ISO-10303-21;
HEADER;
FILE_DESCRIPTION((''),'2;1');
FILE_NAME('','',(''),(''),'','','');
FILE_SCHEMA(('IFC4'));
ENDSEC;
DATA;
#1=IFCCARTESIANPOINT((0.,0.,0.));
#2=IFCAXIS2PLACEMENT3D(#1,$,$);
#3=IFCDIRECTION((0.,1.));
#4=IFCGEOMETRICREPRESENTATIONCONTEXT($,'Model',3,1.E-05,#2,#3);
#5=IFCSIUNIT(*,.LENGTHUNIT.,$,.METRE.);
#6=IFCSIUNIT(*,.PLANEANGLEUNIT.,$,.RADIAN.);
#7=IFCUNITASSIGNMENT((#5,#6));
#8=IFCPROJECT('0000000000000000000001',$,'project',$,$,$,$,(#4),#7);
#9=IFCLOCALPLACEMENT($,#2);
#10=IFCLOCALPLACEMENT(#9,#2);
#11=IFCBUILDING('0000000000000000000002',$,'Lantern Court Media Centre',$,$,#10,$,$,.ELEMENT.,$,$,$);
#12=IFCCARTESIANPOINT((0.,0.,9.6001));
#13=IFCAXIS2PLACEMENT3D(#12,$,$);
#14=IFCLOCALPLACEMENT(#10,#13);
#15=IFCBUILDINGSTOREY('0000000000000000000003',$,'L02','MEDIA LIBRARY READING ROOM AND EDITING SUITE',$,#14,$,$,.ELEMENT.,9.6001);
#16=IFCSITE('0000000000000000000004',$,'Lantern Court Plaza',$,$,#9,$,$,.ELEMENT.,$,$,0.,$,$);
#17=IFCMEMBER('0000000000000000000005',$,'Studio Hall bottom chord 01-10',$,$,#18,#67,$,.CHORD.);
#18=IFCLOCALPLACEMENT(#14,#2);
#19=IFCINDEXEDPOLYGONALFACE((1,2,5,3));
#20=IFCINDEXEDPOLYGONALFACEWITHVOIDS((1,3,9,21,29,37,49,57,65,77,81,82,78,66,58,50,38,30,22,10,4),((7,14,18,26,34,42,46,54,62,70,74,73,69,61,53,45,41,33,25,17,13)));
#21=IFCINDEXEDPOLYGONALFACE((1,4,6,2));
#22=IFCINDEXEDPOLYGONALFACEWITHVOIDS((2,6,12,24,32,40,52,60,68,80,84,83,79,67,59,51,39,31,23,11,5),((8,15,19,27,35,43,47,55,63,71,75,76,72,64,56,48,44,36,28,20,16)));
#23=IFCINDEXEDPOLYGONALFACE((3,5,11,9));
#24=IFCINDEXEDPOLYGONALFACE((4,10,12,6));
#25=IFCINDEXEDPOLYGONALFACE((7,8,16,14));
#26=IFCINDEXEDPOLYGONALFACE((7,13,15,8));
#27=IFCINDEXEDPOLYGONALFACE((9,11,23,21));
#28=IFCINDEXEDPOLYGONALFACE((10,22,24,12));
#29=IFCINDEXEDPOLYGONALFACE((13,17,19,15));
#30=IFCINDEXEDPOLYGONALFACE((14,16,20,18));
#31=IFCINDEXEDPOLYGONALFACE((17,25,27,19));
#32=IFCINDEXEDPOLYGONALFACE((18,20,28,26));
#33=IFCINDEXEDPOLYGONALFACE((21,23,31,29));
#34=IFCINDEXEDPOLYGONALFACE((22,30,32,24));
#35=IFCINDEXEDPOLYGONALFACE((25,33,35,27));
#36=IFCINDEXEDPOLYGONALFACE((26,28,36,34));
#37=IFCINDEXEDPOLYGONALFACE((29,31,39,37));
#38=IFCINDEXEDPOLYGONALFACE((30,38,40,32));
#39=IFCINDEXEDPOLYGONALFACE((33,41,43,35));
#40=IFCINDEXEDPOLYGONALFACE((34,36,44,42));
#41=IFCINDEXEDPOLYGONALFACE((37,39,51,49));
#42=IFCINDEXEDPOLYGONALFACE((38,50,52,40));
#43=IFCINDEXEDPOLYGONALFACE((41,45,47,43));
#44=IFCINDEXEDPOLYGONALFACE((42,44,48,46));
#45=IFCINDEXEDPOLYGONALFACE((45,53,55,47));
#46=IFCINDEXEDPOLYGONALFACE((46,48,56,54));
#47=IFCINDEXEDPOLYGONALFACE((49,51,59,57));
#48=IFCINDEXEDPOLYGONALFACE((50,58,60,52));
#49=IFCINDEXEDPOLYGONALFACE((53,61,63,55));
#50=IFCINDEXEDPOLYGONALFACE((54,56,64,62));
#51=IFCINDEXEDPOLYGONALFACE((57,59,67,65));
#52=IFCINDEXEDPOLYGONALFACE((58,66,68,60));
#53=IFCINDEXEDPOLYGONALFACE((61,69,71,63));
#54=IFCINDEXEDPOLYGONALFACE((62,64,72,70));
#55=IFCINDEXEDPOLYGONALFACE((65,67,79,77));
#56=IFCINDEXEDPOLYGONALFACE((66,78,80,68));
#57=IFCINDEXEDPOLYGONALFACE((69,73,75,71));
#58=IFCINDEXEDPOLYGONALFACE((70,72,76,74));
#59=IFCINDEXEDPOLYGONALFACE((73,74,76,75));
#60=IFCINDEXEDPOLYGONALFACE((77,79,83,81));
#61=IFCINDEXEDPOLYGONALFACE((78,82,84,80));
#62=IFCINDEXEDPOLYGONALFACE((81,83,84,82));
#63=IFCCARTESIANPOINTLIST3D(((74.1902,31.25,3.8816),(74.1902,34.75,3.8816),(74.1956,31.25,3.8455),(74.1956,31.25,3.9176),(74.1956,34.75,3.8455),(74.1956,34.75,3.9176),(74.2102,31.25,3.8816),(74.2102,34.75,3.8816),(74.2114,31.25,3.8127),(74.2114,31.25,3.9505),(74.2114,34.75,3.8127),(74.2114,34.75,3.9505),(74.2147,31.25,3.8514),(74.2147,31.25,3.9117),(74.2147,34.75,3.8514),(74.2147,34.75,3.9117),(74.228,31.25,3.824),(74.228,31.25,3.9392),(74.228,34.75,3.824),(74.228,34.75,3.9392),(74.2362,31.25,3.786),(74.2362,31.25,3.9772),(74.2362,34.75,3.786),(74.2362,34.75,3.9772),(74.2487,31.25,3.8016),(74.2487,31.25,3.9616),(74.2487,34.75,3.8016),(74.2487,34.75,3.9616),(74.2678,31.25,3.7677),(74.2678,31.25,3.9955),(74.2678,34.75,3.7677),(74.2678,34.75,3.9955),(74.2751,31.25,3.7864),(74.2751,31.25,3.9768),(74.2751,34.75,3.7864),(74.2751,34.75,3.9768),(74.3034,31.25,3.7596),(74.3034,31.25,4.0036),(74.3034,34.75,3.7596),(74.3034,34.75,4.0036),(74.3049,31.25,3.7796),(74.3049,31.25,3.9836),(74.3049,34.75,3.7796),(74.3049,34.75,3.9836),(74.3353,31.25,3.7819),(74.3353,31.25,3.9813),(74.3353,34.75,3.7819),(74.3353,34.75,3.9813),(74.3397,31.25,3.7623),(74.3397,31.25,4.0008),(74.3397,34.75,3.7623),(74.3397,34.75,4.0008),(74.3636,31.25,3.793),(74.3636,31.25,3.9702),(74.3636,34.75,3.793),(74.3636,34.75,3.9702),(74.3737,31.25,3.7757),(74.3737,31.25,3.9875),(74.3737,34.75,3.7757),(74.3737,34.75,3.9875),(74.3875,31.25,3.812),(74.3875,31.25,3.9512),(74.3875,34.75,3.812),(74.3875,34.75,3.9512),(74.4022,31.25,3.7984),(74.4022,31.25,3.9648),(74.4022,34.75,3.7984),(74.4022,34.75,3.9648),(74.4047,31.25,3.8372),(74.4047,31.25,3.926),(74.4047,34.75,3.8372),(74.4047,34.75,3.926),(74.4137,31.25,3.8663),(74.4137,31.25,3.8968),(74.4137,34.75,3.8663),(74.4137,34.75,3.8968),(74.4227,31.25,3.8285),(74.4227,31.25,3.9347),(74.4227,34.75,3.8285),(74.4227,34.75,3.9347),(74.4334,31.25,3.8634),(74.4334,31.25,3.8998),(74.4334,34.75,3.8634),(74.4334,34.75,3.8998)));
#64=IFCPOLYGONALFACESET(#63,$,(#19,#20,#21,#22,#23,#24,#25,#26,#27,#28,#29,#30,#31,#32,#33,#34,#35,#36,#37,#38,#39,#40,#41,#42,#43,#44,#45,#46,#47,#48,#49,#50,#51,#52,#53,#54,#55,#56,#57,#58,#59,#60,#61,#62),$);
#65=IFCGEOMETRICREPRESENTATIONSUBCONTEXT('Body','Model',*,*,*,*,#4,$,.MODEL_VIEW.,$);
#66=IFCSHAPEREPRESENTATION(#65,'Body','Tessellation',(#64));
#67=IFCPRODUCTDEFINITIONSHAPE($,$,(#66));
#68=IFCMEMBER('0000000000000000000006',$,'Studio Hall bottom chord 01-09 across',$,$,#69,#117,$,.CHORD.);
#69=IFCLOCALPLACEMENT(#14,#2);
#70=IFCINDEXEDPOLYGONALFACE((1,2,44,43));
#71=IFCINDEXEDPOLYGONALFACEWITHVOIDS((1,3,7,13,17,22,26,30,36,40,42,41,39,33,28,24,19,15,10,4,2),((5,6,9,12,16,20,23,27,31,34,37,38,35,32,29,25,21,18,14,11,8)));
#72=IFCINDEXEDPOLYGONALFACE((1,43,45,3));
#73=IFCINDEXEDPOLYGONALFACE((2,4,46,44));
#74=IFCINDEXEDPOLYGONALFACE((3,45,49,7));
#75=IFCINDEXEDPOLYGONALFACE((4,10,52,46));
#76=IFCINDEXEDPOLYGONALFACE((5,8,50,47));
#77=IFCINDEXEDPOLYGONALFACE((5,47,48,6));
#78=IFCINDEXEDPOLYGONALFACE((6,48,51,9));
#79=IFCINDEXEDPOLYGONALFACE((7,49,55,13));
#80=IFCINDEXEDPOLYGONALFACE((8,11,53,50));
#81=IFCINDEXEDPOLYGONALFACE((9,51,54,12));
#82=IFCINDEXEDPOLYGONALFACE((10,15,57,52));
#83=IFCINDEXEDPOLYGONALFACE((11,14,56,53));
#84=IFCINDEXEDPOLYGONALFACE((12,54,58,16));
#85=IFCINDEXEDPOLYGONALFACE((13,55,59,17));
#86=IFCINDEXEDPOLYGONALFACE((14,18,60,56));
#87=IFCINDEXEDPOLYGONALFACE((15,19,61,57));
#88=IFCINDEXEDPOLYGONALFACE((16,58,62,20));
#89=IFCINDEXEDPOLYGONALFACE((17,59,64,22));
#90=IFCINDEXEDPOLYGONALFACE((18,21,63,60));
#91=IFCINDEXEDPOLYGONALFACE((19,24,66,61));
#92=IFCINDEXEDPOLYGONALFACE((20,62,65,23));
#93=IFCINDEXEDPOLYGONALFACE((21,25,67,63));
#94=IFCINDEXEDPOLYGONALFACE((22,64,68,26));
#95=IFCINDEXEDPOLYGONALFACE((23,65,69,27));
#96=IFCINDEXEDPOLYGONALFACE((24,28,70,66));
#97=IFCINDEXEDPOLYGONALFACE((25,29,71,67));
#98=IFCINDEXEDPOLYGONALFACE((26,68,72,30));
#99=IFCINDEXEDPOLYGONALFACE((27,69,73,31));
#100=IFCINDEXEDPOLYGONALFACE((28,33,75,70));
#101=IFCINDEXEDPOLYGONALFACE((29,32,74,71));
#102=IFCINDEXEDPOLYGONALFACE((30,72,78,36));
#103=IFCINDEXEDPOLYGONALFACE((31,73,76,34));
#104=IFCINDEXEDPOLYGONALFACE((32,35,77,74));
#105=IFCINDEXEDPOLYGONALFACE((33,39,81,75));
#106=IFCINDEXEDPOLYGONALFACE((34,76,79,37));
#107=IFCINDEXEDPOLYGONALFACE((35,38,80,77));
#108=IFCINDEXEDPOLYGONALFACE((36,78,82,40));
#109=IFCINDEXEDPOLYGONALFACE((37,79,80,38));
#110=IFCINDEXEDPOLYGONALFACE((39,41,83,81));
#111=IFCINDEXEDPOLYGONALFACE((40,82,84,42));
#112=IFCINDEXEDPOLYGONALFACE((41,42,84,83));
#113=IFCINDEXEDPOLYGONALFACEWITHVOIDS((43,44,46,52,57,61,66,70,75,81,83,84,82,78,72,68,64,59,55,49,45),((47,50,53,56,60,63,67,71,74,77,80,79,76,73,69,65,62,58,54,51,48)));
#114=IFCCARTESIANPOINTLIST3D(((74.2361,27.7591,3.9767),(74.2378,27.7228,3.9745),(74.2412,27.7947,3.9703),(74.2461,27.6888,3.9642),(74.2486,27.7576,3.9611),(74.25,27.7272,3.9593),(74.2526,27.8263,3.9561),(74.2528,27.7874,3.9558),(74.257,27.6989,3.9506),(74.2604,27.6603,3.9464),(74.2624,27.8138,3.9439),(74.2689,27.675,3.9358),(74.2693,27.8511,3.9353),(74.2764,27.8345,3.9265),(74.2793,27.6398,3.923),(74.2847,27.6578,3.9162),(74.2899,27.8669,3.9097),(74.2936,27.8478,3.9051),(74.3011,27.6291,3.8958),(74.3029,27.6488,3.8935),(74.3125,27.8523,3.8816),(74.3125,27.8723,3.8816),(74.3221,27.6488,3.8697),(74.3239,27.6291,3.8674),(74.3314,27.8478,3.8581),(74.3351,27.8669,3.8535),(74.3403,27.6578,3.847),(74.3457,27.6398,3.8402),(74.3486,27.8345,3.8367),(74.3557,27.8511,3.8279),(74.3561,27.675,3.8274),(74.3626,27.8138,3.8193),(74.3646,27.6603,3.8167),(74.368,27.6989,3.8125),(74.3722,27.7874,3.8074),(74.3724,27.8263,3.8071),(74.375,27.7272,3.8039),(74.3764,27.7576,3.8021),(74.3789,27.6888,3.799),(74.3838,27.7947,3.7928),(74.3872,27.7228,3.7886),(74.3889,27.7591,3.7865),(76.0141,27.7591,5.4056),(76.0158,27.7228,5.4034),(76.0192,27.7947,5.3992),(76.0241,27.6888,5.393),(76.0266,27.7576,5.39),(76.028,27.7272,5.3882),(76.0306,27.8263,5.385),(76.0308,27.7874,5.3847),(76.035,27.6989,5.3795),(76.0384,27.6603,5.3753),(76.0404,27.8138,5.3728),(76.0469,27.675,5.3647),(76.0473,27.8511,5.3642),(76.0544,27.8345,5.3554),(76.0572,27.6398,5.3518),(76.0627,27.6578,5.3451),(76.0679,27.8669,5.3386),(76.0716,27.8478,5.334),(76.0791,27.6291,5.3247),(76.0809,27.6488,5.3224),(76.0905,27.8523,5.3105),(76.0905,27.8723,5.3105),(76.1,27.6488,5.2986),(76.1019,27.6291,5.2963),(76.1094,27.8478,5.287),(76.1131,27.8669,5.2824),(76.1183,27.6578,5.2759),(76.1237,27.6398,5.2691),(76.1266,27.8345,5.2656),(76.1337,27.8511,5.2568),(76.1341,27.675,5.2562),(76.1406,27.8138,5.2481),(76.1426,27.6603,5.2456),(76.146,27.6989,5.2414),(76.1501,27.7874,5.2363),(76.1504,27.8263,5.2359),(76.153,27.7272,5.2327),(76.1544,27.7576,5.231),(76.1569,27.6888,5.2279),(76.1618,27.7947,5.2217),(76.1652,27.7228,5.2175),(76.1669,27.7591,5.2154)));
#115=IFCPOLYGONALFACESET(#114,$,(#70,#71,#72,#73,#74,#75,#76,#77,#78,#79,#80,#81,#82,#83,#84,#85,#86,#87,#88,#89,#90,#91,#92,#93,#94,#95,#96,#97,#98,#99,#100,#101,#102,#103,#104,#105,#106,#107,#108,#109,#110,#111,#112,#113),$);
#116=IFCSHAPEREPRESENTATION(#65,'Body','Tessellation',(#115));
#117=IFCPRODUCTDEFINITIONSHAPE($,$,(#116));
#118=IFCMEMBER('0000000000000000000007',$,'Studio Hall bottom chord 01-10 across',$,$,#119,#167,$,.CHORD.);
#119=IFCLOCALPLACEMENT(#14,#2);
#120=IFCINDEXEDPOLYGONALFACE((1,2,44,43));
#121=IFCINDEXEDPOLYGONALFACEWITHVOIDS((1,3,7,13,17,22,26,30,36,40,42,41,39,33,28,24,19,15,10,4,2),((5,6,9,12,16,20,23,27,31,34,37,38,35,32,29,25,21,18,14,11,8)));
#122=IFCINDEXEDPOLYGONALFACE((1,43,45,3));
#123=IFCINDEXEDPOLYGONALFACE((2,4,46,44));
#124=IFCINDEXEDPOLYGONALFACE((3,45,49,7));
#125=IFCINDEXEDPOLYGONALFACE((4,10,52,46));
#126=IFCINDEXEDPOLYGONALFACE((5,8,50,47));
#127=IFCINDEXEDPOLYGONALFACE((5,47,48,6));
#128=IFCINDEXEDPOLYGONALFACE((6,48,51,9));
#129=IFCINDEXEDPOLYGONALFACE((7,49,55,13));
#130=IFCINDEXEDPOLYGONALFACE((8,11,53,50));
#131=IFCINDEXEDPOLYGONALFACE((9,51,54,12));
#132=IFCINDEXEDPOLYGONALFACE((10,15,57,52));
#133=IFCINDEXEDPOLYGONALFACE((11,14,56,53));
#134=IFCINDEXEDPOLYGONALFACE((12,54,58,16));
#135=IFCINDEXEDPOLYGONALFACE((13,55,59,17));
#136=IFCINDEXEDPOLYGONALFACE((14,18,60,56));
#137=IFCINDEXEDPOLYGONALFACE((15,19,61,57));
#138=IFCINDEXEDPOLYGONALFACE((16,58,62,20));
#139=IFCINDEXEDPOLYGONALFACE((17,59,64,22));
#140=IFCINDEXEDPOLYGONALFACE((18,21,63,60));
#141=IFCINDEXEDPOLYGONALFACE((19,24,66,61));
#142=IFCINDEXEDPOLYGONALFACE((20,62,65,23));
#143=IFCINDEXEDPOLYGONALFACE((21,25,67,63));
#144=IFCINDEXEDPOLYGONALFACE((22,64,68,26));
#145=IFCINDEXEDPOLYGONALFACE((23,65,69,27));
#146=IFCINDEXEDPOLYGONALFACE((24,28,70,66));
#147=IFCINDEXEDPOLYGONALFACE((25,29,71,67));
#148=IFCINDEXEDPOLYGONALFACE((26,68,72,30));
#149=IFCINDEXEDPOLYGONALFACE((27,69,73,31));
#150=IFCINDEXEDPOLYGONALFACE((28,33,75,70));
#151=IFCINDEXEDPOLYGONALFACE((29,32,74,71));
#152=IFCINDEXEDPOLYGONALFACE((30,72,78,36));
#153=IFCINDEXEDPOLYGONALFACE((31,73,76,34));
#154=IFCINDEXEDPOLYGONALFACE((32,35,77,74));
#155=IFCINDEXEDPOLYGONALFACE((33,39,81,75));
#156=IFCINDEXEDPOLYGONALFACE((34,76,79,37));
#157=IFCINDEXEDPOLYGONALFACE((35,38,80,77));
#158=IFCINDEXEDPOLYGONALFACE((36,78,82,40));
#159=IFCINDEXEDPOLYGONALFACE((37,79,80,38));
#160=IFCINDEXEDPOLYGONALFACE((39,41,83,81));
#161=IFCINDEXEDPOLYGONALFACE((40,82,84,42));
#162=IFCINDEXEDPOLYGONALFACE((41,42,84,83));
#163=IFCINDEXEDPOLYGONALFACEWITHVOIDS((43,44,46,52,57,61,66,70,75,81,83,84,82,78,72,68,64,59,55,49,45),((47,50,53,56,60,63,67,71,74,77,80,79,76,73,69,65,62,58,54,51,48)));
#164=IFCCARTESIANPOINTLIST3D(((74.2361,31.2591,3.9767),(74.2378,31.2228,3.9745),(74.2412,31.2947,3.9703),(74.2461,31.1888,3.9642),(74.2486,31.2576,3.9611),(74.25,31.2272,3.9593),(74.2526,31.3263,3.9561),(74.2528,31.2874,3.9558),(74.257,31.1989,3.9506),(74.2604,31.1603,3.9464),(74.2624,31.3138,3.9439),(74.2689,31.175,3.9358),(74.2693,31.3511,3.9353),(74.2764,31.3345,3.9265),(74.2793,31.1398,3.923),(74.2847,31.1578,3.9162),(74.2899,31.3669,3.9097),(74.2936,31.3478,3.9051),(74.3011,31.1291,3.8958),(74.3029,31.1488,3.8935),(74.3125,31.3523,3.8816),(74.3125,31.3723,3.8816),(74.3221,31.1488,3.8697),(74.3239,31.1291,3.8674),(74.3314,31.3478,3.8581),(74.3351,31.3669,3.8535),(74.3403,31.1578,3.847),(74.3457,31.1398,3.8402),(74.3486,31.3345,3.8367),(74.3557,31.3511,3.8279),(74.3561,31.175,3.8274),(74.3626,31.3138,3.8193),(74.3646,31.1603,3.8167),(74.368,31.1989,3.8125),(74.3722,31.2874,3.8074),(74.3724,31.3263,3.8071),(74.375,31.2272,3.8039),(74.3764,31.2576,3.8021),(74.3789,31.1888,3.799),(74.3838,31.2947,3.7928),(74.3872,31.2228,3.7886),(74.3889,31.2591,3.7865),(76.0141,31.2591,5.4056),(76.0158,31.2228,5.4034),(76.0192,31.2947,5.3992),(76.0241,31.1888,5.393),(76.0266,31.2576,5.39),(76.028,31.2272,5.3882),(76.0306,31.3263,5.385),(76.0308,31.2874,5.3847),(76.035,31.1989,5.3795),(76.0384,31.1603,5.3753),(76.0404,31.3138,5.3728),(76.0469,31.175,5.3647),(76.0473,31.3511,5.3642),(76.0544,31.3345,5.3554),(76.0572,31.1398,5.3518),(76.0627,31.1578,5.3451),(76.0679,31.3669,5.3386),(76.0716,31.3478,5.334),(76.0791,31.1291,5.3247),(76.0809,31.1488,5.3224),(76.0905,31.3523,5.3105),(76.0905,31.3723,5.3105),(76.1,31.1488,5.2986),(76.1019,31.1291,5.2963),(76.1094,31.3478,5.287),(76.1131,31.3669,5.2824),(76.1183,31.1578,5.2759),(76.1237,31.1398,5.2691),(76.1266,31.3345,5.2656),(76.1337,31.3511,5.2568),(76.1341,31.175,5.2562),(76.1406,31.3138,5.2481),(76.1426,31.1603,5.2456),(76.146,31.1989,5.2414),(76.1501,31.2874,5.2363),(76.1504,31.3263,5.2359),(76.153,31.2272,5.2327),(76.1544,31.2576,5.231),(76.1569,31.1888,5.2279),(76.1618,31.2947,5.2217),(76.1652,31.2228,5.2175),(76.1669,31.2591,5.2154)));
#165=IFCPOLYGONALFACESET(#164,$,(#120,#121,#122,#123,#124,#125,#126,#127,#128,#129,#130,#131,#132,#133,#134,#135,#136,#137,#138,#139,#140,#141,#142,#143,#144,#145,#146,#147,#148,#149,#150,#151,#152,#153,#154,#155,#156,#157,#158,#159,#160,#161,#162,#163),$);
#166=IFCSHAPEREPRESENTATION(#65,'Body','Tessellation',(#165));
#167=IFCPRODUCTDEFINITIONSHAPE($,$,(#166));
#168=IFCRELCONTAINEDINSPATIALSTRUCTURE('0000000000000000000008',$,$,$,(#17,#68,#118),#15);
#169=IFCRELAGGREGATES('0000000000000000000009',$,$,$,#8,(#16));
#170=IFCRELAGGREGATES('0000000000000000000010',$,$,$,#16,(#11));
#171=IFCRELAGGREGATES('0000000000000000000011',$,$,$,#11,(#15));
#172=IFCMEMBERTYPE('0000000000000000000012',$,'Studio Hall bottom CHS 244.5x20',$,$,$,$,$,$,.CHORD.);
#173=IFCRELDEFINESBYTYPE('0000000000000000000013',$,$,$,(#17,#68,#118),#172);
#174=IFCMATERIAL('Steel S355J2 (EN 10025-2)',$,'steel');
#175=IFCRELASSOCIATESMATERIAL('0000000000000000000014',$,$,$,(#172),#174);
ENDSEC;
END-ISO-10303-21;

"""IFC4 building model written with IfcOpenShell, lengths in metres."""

from ifc_helpers import new_model, si_unit, direction, frame, origin, origin_2d, place, context, subcontext, project, spatial, hollow_circle, extrude, material, material_profile, profile_set, type_object, element, save


model = new_model("IFC4")

# Units and contexts
model_context = context("Model", 3, precision=1e-05, world=origin(), true_north=direction((0.0, 1.0)))
body_context = subcontext(model_context, "Body", "Model", "MODEL_VIEW")
ifc_project = project(units=[si_unit("LENGTHUNIT", "METRE"), si_unit("PLANEANGLEUNIT", "RADIAN")], contexts=[model_context])

# Site, building, storey
site_placement = place(None, origin())
site = spatial("IfcSite", under=ifc_project, at=site_placement, Name="Lantern Court Plaza", CompositionType="ELEMENT", RefElevation=0.0)
building_placement = place(site_placement, origin())
building = spatial("IfcBuilding", under=site, at=building_placement, Name="Lantern Court Media Centre", CompositionType="ELEMENT")
storey_placement = place(building_placement, frame((0.0, 0.0, 9.6001)))
storey = spatial("IfcBuildingStorey", under=building, at=storey_placement, Name="L02", Description="MEDIA LIBRARY READING ROOM AND EDITING SUITE", CompositionType="ELEMENT", Elevation=9.6001)

# Members
ifc_material_1 = material(Name="Steel S355J2 (EN 10025-2)", Category="steel")
ifc_material_profile_1 = material_profile(ifc_material_1, hollow_circle(Radius=0.1223, WallThickness=0.02, at=origin_2d()), Name="Studio Hall bottom CHS 244.5x20")
ifc_profile_set_1 = profile_set([ifc_material_profile_1], Name="Steel S355J2 (EN 10025-2)")
member_type_1 = type_object("IfcMemberType", Name="Studio Hall bottom CHS 244.5x20", PredefinedType="CHORD", material=ifc_profile_set_1)
for number, where, z_axis, x_axis, name in (
    (1, (74.3125, 31.25, 3.8816), (0.0, 1.0, 0.0), (-1.0, 0.0, 0.0), "Studio Hall bottom chord 01-10"),
):
    element("IfcMember", number, at=place(storey_placement, frame(where, z_axis=z_axis, x_axis=x_axis)), inside=storey, type_object=member_type_1, Name=name, PredefinedType="CHORD", context=body_context, shape_type="SweptSolid", body=[
        extrude(hollow_circle(Radius=0.1223, WallThickness=0.02, at=origin_2d()), origin(), (0.0, 0.0, 1.0), 3.5),
    ])
for number, where, z_axis, x_axis, name in (
    (2, (74.3125, 27.75, 3.8816), (0.779478, 0.0, 0.626429), (0.0, 1.0, 0.0), "Studio Hall bottom chord 01-09 across"),
    (3, (74.3125, 31.25, 3.8816), (0.779478, 0.0, 0.626429), (0.0, 1.0, 0.0), "Studio Hall bottom chord 01-10 across"),
):
    element("IfcMember", number, at=place(storey_placement, frame(where, z_axis=z_axis, x_axis=x_axis)), inside=storey, type_object=member_type_1, Name=name, PredefinedType="CHORD", context=body_context, shape_type="SweptSolid", body=[
        extrude(hollow_circle(Radius=0.1223, WallThickness=0.02, at=origin_2d()), origin(), (0.0, 0.0, 1.0), 2.281),
    ])

save(model, "model.ifc")
